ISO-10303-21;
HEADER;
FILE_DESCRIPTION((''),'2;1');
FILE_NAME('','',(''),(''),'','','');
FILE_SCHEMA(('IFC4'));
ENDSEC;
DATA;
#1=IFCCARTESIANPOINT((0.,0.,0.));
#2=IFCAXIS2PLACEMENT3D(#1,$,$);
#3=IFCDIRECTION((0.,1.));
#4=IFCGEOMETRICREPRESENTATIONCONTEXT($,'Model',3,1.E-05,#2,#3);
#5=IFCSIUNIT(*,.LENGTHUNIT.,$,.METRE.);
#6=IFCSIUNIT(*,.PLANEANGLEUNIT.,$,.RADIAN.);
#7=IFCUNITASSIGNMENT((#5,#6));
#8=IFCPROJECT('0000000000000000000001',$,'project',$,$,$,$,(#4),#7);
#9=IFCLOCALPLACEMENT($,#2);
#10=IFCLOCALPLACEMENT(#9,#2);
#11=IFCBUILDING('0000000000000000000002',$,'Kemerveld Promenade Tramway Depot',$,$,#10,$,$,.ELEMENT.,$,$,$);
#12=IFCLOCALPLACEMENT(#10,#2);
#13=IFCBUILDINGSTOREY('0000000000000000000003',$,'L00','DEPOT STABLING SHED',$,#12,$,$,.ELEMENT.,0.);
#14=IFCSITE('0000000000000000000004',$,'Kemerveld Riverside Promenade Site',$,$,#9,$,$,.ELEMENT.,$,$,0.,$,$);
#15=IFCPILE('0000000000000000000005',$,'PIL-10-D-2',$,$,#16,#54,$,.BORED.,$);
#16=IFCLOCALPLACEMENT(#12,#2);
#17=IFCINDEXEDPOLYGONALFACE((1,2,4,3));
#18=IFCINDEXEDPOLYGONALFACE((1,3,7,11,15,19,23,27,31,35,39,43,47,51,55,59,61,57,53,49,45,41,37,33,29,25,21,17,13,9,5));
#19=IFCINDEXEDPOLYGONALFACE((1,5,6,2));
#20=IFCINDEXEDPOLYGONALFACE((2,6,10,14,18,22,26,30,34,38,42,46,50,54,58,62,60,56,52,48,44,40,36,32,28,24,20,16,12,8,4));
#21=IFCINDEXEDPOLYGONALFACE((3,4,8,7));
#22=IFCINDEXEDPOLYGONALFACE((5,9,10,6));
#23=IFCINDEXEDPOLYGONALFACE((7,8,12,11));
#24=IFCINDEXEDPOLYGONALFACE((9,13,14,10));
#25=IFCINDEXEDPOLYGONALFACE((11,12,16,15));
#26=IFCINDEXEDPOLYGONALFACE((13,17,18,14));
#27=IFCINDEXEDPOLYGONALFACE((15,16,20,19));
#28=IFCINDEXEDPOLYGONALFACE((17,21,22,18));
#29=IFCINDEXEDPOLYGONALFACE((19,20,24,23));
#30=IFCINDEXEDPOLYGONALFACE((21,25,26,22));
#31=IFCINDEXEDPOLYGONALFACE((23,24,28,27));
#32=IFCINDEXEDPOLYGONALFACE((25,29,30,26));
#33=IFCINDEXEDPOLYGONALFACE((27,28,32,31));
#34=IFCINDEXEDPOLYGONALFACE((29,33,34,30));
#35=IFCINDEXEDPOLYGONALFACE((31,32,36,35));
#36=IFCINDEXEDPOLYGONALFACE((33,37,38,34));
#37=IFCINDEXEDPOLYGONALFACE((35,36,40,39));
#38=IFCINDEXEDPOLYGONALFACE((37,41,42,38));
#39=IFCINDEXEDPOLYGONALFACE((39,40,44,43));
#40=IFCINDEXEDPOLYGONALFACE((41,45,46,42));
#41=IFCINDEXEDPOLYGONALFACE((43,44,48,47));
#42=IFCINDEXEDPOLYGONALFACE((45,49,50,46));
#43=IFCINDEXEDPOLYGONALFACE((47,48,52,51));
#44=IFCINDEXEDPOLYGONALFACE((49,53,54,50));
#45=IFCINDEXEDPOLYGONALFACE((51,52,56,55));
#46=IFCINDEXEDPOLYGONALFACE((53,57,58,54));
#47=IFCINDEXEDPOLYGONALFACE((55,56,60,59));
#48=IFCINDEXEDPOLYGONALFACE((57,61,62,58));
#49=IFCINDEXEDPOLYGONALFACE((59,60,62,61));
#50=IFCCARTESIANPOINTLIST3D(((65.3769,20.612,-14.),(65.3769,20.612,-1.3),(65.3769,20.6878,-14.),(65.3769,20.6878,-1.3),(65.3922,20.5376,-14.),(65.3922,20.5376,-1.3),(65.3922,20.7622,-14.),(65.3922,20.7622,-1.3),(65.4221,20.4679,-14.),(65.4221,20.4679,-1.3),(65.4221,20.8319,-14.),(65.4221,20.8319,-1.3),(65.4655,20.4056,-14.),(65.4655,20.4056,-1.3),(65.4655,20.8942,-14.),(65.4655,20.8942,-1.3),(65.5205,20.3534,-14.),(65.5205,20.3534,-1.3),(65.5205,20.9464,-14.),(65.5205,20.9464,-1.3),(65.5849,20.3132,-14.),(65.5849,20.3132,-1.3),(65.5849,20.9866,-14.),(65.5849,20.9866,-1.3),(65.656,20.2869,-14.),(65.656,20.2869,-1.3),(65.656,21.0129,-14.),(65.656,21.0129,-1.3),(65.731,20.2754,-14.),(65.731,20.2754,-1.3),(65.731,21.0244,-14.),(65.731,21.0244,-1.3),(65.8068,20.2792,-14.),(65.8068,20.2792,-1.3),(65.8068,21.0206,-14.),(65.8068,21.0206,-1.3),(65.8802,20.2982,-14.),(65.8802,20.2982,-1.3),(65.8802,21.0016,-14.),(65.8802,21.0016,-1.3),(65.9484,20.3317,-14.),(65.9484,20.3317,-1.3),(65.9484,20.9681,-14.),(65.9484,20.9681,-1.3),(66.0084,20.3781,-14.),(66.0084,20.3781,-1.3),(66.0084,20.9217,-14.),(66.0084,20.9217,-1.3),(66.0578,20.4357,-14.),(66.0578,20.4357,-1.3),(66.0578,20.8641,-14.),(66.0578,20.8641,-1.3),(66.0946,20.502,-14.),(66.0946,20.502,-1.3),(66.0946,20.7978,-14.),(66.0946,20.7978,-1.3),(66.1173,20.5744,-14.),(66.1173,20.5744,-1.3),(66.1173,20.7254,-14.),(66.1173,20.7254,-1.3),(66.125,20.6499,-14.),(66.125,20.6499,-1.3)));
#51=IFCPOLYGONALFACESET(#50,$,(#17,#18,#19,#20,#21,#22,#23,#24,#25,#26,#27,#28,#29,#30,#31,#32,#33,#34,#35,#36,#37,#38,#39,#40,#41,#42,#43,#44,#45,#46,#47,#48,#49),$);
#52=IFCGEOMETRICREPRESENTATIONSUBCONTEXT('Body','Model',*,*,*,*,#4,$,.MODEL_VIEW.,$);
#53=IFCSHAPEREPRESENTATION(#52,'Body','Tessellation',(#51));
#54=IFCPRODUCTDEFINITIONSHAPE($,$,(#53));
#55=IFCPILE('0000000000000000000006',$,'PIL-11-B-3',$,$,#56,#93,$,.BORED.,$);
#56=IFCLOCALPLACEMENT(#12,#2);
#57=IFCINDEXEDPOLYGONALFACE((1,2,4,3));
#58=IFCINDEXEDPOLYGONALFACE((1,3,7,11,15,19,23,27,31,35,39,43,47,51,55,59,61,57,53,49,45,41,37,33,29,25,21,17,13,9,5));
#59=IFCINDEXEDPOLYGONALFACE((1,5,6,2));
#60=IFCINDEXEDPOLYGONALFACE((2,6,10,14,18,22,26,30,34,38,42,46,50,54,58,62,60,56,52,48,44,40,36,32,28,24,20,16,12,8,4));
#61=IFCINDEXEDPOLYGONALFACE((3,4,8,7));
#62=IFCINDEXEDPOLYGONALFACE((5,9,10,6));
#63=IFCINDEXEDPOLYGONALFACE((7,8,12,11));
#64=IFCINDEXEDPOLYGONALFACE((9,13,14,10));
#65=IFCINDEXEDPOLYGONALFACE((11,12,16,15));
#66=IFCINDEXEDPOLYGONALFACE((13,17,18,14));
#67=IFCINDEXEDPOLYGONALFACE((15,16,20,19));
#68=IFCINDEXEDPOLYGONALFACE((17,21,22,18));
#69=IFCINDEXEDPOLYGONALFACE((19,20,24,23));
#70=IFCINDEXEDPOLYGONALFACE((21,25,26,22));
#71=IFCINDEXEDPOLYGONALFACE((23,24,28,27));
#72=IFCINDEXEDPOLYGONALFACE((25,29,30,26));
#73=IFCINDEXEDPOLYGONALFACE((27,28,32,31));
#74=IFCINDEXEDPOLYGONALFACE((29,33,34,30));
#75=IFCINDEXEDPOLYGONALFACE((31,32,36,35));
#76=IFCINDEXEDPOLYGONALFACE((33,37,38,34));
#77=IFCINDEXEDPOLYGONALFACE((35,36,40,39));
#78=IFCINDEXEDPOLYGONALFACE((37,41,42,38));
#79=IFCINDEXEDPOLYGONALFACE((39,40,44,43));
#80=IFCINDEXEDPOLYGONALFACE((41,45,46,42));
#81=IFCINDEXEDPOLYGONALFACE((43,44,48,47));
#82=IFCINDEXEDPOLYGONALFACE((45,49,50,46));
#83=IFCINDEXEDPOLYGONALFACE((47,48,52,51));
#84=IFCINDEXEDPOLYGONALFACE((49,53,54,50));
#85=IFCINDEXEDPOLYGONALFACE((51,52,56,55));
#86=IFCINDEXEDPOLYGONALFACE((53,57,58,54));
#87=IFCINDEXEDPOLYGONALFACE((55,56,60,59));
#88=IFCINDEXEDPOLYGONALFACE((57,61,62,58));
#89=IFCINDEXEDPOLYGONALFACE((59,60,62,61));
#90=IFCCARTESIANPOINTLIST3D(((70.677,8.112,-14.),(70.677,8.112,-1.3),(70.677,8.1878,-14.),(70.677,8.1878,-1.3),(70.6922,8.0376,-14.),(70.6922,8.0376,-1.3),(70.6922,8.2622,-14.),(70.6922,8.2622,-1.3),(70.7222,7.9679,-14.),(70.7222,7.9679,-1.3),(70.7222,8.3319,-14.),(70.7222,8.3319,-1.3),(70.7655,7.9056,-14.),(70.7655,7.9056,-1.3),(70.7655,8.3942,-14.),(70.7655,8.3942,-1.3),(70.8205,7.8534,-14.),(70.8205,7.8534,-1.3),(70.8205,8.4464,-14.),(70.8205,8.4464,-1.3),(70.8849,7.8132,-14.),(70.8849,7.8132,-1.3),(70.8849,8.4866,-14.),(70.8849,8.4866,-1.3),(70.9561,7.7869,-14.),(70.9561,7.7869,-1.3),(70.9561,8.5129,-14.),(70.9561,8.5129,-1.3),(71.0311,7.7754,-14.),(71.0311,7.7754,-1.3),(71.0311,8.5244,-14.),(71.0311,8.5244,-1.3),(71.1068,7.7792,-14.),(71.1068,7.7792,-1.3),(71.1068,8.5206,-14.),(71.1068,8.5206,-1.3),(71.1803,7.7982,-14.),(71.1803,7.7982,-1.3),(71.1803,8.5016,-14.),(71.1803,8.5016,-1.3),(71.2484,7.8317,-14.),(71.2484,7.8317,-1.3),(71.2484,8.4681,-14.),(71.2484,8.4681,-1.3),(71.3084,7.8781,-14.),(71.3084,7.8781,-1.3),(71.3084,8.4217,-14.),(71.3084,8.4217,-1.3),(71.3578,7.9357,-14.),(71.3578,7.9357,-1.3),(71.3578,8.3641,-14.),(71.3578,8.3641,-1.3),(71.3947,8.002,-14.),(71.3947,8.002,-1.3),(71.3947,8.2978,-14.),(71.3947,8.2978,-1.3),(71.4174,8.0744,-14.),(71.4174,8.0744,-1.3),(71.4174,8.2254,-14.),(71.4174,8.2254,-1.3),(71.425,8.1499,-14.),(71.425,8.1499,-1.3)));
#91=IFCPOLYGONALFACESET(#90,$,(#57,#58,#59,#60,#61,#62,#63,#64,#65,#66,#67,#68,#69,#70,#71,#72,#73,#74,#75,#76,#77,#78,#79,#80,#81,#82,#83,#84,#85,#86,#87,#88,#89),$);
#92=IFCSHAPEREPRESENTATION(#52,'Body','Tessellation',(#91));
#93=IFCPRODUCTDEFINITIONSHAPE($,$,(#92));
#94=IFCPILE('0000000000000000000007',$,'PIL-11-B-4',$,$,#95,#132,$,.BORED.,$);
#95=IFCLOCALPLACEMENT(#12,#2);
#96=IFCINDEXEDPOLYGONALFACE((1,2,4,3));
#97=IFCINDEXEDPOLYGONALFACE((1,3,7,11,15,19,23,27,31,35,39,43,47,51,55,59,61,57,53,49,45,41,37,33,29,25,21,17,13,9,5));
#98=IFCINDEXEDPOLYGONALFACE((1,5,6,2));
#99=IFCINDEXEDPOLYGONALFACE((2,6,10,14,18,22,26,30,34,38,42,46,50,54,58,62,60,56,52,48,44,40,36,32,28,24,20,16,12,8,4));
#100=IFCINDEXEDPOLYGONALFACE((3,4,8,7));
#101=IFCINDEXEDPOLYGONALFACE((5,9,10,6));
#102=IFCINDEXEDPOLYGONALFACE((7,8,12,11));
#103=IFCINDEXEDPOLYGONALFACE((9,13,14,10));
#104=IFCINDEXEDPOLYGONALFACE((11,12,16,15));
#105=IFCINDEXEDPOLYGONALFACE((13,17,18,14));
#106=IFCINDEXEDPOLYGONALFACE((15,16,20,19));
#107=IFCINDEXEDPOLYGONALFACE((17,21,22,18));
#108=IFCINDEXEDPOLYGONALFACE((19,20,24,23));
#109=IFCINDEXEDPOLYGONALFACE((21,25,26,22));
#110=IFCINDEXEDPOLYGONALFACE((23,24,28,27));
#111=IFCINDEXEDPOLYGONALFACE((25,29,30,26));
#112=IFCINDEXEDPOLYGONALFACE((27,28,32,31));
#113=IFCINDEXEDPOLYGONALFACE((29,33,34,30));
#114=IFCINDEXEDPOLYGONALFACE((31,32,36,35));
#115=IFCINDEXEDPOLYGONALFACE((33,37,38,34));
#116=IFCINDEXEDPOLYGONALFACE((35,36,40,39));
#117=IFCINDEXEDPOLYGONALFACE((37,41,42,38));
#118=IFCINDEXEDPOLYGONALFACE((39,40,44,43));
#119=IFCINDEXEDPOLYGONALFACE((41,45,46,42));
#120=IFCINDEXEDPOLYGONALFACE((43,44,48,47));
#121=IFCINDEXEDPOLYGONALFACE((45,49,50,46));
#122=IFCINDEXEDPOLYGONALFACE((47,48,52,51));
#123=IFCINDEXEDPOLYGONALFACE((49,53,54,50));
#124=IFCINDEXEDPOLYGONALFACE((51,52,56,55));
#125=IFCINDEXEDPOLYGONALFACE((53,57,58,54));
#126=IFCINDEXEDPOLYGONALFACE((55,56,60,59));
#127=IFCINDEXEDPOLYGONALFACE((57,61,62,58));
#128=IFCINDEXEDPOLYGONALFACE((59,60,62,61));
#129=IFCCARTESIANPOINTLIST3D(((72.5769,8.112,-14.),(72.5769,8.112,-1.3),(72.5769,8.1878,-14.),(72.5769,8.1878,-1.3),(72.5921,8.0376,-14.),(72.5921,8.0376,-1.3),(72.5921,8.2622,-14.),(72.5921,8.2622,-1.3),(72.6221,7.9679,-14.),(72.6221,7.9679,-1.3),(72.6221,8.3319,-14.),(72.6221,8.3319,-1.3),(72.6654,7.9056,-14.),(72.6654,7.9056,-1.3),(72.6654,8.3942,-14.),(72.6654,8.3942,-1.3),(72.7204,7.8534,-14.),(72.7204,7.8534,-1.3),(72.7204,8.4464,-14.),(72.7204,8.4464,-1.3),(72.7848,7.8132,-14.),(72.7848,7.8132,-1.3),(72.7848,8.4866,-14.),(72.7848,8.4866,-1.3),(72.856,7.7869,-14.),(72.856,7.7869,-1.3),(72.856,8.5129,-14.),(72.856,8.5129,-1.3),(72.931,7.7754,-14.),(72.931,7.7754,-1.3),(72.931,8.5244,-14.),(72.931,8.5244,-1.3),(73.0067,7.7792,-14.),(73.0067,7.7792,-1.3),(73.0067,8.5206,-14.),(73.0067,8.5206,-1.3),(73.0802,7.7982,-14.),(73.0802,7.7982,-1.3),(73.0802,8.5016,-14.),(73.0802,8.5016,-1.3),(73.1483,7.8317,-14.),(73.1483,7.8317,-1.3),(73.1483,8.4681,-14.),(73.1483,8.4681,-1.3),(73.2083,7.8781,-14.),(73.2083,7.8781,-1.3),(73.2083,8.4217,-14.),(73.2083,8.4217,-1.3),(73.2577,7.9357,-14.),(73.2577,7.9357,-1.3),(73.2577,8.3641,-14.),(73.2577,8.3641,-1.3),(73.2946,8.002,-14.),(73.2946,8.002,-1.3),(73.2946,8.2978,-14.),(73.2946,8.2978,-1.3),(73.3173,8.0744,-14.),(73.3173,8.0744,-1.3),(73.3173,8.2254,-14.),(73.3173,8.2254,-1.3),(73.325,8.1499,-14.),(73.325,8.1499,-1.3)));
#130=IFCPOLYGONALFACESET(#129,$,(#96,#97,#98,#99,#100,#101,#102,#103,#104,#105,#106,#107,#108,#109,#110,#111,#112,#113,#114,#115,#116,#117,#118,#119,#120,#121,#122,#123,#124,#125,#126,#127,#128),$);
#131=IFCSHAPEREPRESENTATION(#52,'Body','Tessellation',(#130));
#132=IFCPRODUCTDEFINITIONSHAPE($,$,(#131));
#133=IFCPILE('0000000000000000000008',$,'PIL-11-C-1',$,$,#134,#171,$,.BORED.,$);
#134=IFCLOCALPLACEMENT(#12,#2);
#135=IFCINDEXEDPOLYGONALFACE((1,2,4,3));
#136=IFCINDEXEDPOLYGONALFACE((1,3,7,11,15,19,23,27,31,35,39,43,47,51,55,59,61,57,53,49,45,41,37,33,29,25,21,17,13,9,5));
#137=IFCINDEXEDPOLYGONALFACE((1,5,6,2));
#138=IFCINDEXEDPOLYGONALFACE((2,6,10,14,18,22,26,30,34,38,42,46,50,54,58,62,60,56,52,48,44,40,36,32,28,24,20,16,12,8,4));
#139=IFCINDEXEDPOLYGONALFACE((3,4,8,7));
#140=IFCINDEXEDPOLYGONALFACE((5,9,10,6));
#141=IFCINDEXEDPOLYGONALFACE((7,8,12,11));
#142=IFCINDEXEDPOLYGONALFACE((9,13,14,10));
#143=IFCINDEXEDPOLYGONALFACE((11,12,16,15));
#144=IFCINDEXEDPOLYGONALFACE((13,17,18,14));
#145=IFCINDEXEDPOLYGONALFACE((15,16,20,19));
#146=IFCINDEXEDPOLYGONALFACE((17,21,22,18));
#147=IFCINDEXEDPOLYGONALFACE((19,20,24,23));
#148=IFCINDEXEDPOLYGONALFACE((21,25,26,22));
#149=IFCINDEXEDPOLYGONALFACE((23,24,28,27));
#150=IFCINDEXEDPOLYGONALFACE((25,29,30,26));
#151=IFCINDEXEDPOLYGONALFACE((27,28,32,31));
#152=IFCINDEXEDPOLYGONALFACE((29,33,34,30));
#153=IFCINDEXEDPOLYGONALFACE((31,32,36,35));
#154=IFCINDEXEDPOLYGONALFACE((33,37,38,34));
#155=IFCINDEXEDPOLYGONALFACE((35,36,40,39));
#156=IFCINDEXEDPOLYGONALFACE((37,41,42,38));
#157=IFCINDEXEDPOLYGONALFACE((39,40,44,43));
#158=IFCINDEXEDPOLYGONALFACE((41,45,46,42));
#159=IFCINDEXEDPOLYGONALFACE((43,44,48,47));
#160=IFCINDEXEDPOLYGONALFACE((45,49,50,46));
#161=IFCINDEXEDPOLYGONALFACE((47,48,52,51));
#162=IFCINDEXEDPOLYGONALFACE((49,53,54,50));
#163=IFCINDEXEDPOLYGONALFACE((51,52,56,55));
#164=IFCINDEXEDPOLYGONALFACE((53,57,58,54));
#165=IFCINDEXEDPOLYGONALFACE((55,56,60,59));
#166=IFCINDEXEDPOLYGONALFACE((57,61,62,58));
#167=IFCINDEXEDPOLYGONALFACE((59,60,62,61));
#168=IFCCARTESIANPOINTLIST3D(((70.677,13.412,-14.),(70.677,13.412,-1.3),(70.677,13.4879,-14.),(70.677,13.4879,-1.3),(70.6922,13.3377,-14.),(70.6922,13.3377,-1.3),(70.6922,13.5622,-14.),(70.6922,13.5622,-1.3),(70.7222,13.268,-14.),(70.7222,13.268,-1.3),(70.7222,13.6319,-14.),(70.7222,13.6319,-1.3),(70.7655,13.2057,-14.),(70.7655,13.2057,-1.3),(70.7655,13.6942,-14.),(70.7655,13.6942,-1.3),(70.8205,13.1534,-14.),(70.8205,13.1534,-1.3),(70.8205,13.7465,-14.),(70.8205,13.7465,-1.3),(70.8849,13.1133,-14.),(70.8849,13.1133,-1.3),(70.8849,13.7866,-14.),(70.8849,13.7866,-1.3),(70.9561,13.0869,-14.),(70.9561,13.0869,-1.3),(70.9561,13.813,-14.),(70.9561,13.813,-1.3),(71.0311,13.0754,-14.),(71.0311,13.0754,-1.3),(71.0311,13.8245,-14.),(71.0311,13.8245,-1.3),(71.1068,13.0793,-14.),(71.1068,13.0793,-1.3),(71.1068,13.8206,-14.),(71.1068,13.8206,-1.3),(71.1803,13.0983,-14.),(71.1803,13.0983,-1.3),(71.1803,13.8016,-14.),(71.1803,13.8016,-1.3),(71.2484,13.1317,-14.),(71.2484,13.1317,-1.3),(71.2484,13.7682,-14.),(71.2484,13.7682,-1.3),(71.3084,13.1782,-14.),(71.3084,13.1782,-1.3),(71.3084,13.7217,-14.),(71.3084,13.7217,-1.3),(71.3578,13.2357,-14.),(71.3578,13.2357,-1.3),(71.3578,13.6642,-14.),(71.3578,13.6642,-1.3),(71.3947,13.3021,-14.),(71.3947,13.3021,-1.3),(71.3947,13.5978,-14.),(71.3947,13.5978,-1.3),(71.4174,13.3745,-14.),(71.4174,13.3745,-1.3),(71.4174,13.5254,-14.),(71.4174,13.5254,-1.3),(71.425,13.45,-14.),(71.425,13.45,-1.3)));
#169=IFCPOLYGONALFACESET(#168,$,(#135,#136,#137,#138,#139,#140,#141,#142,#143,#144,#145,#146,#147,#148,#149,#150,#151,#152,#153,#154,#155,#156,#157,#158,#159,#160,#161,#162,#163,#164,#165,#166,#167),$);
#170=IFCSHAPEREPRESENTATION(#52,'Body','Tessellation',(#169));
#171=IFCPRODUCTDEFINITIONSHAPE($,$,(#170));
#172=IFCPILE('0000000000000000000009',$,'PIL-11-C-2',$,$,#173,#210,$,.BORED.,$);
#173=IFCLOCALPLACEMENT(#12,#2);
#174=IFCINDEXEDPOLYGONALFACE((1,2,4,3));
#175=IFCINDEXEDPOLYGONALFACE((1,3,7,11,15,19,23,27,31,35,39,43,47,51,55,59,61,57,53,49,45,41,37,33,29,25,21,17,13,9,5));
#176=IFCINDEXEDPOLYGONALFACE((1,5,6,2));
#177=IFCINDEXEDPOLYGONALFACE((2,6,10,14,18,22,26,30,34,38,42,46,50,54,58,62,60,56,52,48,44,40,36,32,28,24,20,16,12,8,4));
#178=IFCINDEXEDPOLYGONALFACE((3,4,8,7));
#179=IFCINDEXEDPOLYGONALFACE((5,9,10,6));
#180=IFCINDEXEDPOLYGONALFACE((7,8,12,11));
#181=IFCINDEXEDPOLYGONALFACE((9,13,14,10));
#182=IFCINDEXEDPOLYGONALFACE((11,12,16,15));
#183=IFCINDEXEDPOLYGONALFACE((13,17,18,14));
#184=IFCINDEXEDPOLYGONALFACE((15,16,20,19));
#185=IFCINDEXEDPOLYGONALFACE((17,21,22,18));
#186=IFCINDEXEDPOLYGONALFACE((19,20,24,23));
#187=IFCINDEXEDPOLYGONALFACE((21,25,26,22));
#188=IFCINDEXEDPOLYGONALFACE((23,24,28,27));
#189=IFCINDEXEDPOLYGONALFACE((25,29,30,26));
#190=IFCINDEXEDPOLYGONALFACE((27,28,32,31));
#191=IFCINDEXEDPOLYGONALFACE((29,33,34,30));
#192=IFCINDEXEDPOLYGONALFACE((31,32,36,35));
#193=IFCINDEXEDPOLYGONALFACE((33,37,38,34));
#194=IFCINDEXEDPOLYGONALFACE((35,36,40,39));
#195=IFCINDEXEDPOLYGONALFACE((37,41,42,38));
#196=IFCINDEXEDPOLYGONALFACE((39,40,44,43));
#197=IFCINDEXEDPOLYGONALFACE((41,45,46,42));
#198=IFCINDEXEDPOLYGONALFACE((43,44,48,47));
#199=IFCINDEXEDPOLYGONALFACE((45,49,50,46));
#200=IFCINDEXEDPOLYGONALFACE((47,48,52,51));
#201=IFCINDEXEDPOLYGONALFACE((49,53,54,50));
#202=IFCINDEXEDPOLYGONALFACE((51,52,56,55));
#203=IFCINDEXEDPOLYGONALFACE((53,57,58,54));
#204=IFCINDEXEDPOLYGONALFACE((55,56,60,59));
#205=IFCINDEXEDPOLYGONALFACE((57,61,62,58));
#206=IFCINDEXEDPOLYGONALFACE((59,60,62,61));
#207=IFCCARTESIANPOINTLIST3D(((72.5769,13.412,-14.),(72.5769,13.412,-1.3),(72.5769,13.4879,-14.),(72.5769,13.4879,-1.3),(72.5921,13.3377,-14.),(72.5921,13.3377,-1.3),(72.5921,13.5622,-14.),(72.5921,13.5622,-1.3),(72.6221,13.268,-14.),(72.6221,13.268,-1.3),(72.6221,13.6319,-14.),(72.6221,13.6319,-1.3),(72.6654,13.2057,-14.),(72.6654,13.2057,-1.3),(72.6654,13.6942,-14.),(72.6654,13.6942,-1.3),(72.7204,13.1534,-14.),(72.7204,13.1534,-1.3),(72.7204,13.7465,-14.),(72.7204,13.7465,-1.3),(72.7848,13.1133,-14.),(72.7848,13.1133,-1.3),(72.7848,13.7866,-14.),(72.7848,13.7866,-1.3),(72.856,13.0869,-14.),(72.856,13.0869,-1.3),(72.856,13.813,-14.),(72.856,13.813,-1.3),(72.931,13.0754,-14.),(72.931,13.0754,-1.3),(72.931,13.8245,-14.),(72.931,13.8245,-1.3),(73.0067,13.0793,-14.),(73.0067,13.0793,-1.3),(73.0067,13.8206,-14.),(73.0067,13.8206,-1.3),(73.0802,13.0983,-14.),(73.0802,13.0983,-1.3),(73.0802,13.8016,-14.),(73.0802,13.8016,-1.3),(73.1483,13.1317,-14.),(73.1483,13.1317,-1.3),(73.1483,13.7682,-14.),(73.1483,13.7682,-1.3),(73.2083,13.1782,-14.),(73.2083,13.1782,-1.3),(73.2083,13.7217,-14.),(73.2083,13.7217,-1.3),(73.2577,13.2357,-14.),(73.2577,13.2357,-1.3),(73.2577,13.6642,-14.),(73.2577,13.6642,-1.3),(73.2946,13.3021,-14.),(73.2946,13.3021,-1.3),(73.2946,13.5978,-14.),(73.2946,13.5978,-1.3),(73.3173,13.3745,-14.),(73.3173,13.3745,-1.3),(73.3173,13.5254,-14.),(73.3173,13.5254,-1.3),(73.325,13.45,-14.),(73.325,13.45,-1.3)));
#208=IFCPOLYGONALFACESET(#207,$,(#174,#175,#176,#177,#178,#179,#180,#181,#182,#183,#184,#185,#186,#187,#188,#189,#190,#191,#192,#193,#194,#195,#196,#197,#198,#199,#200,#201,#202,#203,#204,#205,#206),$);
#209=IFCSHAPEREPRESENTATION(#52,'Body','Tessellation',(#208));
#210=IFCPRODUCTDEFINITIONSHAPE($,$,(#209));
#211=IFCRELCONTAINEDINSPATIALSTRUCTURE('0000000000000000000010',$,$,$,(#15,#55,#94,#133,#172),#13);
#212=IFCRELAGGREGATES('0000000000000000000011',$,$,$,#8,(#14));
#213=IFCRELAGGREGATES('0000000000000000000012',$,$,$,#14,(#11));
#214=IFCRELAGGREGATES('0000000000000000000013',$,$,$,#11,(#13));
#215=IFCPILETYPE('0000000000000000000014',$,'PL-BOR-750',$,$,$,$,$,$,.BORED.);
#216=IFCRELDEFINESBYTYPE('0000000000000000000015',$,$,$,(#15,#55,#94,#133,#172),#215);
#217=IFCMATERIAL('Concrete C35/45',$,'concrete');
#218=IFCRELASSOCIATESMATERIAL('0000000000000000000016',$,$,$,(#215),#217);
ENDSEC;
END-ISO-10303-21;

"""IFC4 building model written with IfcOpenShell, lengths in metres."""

from ifc_helpers import new_model, si_unit, direction, frame, origin, origin_2d, place, context, subcontext, project, spatial, circle, extrude, material, material_profile, profile_set, type_object, element, save


model = new_model("IFC4")

# Units and contexts
model_context = context("Model", 3, precision=1e-05, world=origin(), true_north=direction((0.0, 1.0)))
body_context = subcontext(model_context, "Body", "Model", "MODEL_VIEW")
ifc_project = project(units=[si_unit("LENGTHUNIT", "METRE"), si_unit("PLANEANGLEUNIT", "RADIAN")], contexts=[model_context])

# Site, building, storey
site_placement = place(None, origin())
site = spatial("IfcSite", under=ifc_project, at=site_placement, Name="Kemerveld Riverside Promenade Site", CompositionType="ELEMENT", RefElevation=0.0)
building_placement = place(site_placement, origin())
building = spatial("IfcBuilding", under=site, at=building_placement, Name="Kemerveld Promenade Tramway Depot", CompositionType="ELEMENT")
storey_placement = place(building_placement, origin())
storey = spatial("IfcBuildingStorey", under=building, at=storey_placement, Name="L00", Description="DEPOT STABLING SHED", CompositionType="ELEMENT", Elevation=0.0)

# Shared definitions
ifc_material_1 = material(Name="Concrete C35/45", Category="concrete")

# Piles
ifc_material_profile_1 = material_profile(ifc_material_1, circle(Radius=0.375, at=origin_2d()), Name="PILE-D750")
ifc_profile_set_1 = profile_set([ifc_material_profile_1], Name="Concrete C35/45")
pile_type = type_object("IfcPileType", Name="PL-BOR-750", PredefinedType="BORED", material=ifc_profile_set_1)
for number, where, z_axis, x_axis, name in (
    (1, (65.75, 20.6499, -1.3), (0.0, 0.0, -1.0), (1.0, 0.0, 0.0), "PIL-10-D-2"),
    (2, (71.05, 8.1499, -1.3), (0.0, 0.0, -1.0), (1.0, 0.0, 0.0), "PIL-11-B-3"),
    (3, (72.95, 8.1499, -1.3), (0.0, 0.0, -1.0), (1.0, 0.0, 0.0), "PIL-11-B-4"),
    (4, (71.05, 13.45, -1.3), (0.0, 0.0, -1.0), (1.0, 0.0, 0.0), "PIL-11-C-1"),
    (5, (72.95, 13.45, -1.3), (0.0, 0.0, -1.0), (1.0, 0.0, 0.0), "PIL-11-C-2"),
):
    element("IfcPile", number, at=place(storey_placement, frame(where, z_axis=z_axis, x_axis=x_axis)), inside=storey, type_object=pile_type, Name=name, PredefinedType="BORED", context=body_context, shape_type="SweptSolid", body=[
        extrude(circle(Radius=0.375, at=origin_2d()), origin(), (0.0, 0.0, 1.0), 12.7),
    ])

save(model, "model.ifc")
